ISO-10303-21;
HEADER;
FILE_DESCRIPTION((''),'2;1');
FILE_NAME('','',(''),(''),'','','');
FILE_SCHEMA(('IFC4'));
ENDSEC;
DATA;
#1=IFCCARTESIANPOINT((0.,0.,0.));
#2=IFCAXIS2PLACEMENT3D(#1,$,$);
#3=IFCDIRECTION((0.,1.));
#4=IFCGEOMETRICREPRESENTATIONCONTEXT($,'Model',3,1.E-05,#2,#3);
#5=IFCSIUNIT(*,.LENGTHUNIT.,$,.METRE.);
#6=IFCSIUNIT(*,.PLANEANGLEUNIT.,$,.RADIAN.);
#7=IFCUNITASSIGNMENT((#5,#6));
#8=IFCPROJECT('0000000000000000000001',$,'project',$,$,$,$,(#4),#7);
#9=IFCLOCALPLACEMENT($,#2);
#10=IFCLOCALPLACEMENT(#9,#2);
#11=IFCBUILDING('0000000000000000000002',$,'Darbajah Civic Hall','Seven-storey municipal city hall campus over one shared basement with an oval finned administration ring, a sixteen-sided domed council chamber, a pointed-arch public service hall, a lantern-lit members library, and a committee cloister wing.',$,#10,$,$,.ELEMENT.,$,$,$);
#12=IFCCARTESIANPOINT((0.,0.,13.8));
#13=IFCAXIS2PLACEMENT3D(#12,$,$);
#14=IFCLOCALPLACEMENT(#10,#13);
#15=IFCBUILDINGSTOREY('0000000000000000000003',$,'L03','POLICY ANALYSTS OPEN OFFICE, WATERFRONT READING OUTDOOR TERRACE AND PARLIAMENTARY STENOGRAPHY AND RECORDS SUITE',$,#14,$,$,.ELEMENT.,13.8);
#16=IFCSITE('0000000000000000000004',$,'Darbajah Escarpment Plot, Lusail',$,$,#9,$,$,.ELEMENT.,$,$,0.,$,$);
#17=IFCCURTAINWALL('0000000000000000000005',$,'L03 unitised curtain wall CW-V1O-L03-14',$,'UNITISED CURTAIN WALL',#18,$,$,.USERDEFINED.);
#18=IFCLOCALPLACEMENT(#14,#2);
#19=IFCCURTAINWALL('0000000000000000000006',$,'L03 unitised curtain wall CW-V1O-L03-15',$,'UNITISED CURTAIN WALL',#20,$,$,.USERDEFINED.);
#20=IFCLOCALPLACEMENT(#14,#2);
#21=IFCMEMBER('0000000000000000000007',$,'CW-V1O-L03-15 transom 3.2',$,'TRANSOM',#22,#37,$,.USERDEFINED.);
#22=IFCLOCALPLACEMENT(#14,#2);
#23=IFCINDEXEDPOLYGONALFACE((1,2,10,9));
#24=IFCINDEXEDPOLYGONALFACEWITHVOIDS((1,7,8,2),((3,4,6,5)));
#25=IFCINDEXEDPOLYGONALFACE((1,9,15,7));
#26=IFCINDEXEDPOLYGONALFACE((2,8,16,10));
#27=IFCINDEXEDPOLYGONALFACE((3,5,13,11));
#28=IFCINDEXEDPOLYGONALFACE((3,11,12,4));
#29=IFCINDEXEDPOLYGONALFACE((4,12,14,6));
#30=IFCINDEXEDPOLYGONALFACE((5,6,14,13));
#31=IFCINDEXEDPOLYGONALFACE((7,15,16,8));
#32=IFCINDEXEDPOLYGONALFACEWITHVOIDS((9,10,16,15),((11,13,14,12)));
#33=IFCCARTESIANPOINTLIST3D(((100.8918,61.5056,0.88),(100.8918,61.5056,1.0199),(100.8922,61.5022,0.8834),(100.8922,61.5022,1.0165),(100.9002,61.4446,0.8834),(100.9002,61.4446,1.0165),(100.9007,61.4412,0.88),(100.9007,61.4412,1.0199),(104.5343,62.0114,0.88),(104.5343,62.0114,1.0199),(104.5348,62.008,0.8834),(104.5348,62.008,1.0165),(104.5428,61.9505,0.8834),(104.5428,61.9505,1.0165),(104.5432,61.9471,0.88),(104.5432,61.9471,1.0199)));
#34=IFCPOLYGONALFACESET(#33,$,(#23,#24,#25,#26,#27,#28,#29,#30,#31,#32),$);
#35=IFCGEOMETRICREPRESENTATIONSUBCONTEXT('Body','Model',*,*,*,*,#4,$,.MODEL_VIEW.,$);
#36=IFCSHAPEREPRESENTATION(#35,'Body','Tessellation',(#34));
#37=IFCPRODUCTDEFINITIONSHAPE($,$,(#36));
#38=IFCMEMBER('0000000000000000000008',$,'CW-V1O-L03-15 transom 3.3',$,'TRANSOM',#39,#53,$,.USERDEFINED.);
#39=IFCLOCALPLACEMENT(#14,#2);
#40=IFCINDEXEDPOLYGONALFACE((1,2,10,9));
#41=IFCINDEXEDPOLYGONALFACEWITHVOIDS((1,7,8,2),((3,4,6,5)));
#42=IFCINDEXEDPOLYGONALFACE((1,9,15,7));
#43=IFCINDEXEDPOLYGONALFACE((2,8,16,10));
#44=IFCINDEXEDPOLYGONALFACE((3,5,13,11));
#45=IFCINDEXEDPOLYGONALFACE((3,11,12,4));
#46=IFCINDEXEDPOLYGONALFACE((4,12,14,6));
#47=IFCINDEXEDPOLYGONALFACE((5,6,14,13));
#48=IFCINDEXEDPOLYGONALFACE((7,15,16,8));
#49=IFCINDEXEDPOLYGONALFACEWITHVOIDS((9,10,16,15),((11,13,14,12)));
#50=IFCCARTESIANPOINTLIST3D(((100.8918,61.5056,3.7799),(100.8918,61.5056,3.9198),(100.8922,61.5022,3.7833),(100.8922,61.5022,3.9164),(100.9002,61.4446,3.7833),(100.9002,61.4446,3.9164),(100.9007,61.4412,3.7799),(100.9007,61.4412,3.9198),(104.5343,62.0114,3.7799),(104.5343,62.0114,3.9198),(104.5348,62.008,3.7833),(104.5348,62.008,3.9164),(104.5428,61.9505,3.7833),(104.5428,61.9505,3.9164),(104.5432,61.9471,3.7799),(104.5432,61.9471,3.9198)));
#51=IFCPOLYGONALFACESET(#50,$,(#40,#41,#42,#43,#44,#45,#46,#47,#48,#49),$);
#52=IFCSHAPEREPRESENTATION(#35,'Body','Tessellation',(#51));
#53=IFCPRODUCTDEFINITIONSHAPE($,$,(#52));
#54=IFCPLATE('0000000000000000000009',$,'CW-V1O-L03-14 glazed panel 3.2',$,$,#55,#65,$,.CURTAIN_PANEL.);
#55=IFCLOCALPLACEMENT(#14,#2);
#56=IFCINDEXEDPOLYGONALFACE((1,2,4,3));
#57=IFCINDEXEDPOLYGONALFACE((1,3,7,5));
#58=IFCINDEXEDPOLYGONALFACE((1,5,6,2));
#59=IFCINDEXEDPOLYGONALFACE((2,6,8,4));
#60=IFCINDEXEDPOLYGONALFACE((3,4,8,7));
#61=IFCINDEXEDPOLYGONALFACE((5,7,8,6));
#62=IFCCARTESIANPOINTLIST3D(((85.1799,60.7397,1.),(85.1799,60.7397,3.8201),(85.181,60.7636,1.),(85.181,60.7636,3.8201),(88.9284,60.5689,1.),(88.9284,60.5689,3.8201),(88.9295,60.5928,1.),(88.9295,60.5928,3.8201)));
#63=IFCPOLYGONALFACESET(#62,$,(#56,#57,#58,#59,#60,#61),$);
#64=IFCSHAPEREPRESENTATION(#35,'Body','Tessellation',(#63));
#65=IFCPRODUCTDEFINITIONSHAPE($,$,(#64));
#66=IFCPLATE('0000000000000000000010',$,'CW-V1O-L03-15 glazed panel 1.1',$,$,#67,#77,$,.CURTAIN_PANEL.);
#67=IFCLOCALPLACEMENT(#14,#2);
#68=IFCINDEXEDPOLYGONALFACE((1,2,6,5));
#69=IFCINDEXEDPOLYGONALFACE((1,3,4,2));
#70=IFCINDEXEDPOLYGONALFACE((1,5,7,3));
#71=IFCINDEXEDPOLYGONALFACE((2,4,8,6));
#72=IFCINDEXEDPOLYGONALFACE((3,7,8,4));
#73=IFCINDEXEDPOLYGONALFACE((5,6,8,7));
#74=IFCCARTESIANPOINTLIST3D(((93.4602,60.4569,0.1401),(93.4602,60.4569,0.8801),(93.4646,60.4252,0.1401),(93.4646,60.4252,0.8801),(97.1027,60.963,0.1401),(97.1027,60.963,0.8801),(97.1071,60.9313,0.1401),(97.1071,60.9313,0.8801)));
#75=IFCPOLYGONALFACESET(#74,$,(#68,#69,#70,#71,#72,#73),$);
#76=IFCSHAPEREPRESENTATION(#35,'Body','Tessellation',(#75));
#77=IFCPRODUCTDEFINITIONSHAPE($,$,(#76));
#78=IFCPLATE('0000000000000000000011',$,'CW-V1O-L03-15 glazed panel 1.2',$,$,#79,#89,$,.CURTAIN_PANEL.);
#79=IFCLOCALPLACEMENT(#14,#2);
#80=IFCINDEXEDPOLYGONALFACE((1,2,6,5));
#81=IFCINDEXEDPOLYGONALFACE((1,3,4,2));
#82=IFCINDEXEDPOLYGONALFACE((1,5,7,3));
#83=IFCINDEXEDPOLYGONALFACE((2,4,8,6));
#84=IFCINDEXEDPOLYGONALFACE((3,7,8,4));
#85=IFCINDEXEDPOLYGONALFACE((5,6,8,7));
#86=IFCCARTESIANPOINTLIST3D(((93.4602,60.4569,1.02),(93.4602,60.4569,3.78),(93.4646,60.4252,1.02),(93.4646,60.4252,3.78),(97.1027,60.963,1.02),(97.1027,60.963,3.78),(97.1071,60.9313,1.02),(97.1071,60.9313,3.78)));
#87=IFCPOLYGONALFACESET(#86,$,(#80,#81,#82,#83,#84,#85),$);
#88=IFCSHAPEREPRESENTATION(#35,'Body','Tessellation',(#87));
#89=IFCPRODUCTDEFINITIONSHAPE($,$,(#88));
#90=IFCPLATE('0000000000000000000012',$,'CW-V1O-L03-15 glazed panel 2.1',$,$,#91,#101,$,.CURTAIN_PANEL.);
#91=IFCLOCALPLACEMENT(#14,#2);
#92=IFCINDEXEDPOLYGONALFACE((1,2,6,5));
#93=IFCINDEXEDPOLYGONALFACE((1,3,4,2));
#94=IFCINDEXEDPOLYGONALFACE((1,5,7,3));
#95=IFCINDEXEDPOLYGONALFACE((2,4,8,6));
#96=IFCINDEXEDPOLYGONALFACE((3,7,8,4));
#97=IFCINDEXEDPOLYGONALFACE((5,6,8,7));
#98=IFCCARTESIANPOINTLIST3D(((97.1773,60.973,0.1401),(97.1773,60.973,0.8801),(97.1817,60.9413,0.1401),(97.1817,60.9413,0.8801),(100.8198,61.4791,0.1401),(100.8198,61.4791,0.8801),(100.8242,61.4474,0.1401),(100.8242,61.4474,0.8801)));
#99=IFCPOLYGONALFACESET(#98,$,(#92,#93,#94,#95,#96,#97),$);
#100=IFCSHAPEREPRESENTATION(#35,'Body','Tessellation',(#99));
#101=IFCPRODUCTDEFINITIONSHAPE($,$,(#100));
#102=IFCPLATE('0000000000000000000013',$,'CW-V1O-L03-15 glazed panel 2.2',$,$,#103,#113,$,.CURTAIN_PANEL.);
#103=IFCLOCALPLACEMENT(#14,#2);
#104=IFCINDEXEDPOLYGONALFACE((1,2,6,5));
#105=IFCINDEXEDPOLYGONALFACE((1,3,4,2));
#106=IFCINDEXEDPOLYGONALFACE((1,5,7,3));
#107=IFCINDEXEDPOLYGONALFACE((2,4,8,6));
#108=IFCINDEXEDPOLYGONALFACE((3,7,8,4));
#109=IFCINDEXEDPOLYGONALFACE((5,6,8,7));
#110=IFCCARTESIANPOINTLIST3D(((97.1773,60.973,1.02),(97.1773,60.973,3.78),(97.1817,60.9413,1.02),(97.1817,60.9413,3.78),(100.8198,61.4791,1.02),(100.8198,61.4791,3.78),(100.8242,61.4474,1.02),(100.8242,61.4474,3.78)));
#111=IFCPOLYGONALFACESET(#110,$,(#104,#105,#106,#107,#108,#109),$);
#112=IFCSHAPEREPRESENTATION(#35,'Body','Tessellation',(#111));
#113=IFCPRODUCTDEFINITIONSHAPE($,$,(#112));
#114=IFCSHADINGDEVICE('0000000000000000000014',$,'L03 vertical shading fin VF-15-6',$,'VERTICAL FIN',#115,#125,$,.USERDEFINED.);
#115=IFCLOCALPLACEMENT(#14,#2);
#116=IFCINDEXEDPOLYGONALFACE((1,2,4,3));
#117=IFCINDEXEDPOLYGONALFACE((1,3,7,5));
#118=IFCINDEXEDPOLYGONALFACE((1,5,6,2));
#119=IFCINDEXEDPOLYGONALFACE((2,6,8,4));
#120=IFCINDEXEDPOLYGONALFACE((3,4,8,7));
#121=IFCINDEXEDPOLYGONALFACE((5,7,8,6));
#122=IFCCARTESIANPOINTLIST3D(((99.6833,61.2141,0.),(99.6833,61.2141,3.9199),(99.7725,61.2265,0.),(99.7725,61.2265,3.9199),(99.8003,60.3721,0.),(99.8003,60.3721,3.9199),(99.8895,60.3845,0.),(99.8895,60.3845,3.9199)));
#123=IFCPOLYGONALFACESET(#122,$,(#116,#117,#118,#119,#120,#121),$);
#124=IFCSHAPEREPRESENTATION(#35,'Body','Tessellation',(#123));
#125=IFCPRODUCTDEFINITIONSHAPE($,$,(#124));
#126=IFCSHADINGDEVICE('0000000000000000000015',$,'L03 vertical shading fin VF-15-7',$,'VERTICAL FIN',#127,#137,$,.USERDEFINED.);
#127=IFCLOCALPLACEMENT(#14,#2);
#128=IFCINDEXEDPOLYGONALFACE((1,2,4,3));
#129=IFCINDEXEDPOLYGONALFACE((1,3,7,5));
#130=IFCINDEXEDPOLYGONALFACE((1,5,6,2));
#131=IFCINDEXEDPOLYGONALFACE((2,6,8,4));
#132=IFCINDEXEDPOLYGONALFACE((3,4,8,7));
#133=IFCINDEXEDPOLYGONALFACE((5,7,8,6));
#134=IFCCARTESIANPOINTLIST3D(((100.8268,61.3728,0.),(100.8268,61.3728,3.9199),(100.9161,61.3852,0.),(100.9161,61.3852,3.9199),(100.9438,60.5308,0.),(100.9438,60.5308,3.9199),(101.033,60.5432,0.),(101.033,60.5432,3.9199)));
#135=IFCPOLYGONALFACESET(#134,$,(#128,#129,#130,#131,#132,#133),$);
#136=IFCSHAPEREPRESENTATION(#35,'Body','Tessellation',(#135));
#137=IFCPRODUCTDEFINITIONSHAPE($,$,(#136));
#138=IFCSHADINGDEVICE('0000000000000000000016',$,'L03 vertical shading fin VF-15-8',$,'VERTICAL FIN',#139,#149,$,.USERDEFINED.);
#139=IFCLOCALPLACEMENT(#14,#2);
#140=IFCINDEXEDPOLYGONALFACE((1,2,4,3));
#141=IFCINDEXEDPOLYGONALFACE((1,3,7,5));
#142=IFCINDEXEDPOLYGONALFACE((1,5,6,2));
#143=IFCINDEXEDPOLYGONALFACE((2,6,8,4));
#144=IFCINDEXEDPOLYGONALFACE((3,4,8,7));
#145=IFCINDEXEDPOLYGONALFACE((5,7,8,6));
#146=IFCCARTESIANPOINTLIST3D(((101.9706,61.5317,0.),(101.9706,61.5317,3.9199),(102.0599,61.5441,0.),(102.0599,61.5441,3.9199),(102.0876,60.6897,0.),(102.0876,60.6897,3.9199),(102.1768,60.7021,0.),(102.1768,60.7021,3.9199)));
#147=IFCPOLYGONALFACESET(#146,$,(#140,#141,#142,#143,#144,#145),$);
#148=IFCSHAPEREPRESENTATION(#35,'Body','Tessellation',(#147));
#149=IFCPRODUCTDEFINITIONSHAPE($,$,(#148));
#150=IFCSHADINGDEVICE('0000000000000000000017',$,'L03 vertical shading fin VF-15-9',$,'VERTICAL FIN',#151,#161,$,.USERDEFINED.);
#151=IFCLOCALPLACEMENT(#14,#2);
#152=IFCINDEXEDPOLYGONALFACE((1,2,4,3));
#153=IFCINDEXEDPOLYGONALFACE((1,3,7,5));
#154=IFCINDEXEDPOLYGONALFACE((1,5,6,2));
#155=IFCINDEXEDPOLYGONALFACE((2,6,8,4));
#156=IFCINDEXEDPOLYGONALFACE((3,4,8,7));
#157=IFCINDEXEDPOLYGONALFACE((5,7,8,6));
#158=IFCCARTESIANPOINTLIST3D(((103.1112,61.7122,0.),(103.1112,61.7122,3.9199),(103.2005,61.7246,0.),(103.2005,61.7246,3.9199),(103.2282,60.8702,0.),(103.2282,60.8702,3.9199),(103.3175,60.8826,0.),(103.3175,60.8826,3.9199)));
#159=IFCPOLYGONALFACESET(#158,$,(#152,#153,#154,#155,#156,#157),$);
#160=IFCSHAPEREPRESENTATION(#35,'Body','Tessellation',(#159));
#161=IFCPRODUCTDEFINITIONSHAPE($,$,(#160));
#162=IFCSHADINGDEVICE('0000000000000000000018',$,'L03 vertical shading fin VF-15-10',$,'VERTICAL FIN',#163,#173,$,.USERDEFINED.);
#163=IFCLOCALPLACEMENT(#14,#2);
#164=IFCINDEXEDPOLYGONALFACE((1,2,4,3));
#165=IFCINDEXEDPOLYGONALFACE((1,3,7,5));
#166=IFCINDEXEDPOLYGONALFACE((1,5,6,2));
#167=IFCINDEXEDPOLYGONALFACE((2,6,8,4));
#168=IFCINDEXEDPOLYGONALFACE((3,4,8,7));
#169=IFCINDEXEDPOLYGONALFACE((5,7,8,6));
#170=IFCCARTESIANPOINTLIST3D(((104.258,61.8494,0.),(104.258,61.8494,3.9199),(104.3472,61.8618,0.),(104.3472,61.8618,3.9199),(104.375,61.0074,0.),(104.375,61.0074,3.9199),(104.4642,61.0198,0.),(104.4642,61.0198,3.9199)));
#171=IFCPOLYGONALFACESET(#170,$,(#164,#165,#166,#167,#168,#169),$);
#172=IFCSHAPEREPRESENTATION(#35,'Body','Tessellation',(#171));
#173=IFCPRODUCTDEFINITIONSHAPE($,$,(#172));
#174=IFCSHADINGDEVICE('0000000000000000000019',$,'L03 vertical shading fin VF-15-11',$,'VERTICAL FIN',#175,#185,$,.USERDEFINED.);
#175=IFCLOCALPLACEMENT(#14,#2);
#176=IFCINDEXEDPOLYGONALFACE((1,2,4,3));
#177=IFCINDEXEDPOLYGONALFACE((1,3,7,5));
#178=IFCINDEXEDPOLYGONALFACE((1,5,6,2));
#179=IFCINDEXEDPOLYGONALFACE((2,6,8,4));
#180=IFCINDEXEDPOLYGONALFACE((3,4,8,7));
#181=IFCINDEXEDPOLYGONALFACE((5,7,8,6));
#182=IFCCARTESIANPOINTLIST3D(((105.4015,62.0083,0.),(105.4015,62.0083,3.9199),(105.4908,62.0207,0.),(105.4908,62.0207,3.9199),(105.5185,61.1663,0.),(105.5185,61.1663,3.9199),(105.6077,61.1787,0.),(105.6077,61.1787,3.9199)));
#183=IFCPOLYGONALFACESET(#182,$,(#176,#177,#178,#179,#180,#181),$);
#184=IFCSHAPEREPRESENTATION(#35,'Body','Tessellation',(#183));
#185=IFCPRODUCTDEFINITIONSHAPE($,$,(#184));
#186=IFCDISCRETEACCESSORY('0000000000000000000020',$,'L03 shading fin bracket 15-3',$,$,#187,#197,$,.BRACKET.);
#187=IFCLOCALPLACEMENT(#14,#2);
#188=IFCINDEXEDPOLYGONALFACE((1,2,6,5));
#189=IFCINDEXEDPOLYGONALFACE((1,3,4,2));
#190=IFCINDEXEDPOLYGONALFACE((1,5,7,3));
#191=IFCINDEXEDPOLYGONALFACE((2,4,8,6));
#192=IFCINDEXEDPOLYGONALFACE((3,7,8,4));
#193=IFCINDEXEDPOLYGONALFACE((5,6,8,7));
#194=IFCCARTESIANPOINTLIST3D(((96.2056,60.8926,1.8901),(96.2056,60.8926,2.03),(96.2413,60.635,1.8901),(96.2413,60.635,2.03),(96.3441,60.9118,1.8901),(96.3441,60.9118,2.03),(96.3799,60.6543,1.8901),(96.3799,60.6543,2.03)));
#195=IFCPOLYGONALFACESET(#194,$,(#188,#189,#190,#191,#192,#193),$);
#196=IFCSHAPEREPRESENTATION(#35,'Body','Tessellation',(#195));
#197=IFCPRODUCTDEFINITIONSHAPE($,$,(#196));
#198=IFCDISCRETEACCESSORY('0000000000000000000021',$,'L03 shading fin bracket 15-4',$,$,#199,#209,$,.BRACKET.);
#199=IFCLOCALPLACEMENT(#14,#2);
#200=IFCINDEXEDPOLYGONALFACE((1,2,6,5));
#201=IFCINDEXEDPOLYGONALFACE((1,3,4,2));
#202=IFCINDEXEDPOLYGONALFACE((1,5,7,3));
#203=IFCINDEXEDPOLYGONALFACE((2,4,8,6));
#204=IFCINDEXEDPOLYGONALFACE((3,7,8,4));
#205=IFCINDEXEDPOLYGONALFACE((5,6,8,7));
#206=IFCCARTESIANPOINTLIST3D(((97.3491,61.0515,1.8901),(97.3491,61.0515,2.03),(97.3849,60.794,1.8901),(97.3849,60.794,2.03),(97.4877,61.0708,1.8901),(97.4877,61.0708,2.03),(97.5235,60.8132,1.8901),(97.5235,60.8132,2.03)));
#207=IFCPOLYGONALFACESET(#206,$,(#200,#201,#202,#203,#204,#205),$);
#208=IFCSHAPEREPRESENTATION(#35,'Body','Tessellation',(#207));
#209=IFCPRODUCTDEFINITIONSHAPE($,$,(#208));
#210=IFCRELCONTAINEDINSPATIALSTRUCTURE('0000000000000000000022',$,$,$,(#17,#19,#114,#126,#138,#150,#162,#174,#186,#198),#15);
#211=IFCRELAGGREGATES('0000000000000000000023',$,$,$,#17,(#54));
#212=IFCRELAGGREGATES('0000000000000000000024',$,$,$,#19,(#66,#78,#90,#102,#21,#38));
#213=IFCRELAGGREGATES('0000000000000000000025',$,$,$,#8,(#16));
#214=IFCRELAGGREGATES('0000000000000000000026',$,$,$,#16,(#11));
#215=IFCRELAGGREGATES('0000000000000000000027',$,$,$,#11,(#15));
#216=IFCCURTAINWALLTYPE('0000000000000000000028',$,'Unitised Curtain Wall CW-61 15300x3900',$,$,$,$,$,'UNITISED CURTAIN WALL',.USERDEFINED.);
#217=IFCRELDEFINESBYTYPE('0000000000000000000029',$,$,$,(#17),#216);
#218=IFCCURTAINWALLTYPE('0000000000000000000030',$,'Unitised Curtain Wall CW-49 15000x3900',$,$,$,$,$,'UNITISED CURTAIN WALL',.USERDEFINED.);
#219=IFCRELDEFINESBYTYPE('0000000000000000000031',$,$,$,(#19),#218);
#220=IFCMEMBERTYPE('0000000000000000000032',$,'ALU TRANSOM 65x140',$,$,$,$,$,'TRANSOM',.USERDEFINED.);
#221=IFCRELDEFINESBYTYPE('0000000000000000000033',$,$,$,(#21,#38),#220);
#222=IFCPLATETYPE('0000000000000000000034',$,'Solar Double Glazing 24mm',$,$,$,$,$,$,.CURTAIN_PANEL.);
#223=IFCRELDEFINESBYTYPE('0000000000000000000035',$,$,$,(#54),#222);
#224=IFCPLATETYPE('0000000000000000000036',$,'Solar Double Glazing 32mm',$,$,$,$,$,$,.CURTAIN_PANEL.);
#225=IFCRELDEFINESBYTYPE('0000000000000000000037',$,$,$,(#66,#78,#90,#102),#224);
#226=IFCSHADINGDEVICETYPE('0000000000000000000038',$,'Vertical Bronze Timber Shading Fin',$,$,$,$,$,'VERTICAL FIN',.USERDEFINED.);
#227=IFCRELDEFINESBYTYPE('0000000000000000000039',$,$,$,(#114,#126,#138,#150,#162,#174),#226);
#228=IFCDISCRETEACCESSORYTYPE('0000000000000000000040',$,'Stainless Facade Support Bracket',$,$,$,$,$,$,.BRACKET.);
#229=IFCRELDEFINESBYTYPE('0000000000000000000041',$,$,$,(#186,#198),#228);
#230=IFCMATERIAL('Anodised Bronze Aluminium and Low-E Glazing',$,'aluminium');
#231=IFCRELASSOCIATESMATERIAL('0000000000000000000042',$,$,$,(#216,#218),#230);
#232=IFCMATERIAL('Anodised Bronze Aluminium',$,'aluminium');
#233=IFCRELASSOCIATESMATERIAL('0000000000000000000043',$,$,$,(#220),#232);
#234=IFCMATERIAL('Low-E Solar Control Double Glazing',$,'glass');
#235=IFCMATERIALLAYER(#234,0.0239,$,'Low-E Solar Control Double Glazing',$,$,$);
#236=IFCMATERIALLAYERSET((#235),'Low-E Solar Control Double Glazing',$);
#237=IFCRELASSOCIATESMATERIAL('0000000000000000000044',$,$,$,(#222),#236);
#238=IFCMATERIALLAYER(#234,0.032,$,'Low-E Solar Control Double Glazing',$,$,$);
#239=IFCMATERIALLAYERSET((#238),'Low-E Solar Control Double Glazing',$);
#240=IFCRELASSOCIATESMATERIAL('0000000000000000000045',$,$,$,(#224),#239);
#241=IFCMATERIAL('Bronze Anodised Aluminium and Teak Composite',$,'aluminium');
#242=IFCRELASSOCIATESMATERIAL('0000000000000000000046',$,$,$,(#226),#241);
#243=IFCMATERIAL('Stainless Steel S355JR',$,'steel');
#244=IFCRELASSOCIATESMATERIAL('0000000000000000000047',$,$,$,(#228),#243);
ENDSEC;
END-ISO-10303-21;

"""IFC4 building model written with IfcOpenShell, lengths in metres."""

from ifc_helpers import new_model, si_unit, direction, frame, origin, origin_2d, place, context, subcontext, project, spatial, rectangle, hollow_rectangle, extrude, material, layer, layer_set, material_profile, profile_set, type_object, element, aggregate, save


model = new_model("IFC4")

# Units and contexts
model_context = context("Model", 3, precision=1e-05, world=origin(), true_north=direction((0.0, 1.0)))
body_context = subcontext(model_context, "Body", "Model", "MODEL_VIEW")
ifc_project = project(units=[si_unit("LENGTHUNIT", "METRE"), si_unit("PLANEANGLEUNIT", "RADIAN")], contexts=[model_context])

# Site, building, storey
site_placement = place(None, origin())
site = spatial("IfcSite", under=ifc_project, at=site_placement, Name="Darbajah Escarpment Plot, Lusail", CompositionType="ELEMENT", RefElevation=0.0)
building_placement = place(site_placement, origin())
building = spatial("IfcBuilding", under=site, at=building_placement, Name="Darbajah Civic Hall", Description="Seven-storey municipal city hall campus over one shared basement with an oval finned administration ring, a sixteen-sided domed council chamber, a pointed-arch public service hall, a lantern-lit members library, and a committee cloister wing.", CompositionType="ELEMENT")
storey_placement = place(building_placement, frame((0.0, 0.0, 13.8)))
storey = spatial("IfcBuildingStorey", under=building, at=storey_placement, Name="L03", Description="POLICY ANALYSTS OPEN OFFICE, WATERFRONT READING OUTDOOR TERRACE AND PARLIAMENTARY STENOGRAPHY AND RECORDS SUITE", CompositionType="ELEMENT", Elevation=13.8)

# Curtain wall
ifc_material_1 = material(Name="Anodised Bronze Aluminium and Low-E Glazing", Category="aluminium")
curtain_wall_type_1 = type_object("IfcCurtainWallType", Name="Unitised Curtain Wall CW-61 15300x3900", ElementType="UNITISED CURTAIN WALL", PredefinedType="USERDEFINED", material=ifc_material_1)
curtain_wall_1_placement = place(storey_placement, origin())
curtain_wall_1 = element("IfcCurtainWall", 1, at=curtain_wall_1_placement, inside=storey, type_object=curtain_wall_type_1, Name="L03 unitised curtain wall CW-V1O-L03-14", ObjectType="UNITISED CURTAIN WALL", PredefinedType="USERDEFINED")
ifc_material_2 = material(Name="Anodised Bronze Aluminium", Category="aluminium")

# Curtain wall
curtain_wall_type_2 = type_object("IfcCurtainWallType", Name="Unitised Curtain Wall CW-49 15000x3900", ElementType="UNITISED CURTAIN WALL", PredefinedType="USERDEFINED", material=ifc_material_1)
curtain_wall_2_placement = place(storey_placement, origin())
curtain_wall_2 = element("IfcCurtainWall", 2, at=curtain_wall_2_placement, inside=storey, type_object=curtain_wall_type_2, Name="L03 unitised curtain wall CW-V1O-L03-15", ObjectType="UNITISED CURTAIN WALL", PredefinedType="USERDEFINED")

# Members
ifc_material_profile_1 = material_profile(ifc_material_2, hollow_rectangle(XDim=0.0649, YDim=0.1399, WallThickness=0.0034, at=origin_2d()), Name="ALU TRANSOM 65x140")
ifc_profile_set_1 = profile_set([ifc_material_profile_1], Name="Anodised Bronze Aluminium")
member_type_1 = type_object("IfcMemberType", Name="ALU TRANSOM 65x140", ElementType="TRANSOM", PredefinedType="USERDEFINED", material=ifc_profile_set_1)
member_1_placement = place(storey_placement, frame((100.8962, 61.4734, 0.95), z_axis=(0.990494, 0.137554, 0.0), x_axis=(-0.137554, 0.990494, 0.0)))
member_1 = element("IfcMember", 3, at=member_1_placement, type_object=member_type_1, Name="CW-V1O-L03-15 transom 3.2", ObjectType="TRANSOM", PredefinedType="USERDEFINED", context=body_context, shape_type="SweptSolid", body=[
    extrude(hollow_rectangle(XDim=0.0649, YDim=0.1399, WallThickness=0.0034, at=origin_2d()), origin(), (0.0, 0.0, 1.0), 3.6775),
])
member_2_placement = place(storey_placement, frame((100.8962, 61.4734, 3.8499), z_axis=(0.990494, 0.137554, 0.0), x_axis=(-0.137554, 0.990494, 0.0)))
member_2 = element("IfcMember", 4, at=member_2_placement, type_object=member_type_1, Name="CW-V1O-L03-15 transom 3.3", ObjectType="TRANSOM", PredefinedType="USERDEFINED", context=body_context, shape_type="SweptSolid", body=[
    extrude(hollow_rectangle(XDim=0.0649, YDim=0.1399, WallThickness=0.0034, at=origin_2d()), origin(), (0.0, 0.0, 1.0), 3.6775),
])

# Plates
ifc_material_3 = material(Name="Low-E Solar Control Double Glazing", Category="glass")
ifc_layer_1 = layer(ifc_material_3, 0.0239, Name="Low-E Solar Control Double Glazing")
ifc_layer_set_1 = layer_set([ifc_layer_1], Name="Low-E Solar Control Double Glazing")
plate_type_1 = type_object("IfcPlateType", Name="Solar Double Glazing 24mm", PredefinedType="CURTAIN_PANEL", material=ifc_layer_set_1)
plate_1_placement = place(storey_placement, frame((87.0547, 60.6663, 1.0), z_axis=(0.0, 0.0, 1.0), x_axis=(0.998963, -0.045537, 0.0)))
plate_1 = element("IfcPlate", 5, at=plate_1_placement, type_object=plate_type_1, Name="CW-V1O-L03-14 glazed panel 3.2", PredefinedType="CURTAIN_PANEL", context=body_context, shape_type="SweptSolid", body=[
    extrude(rectangle(XDim=3.7524, YDim=0.0239, at=origin_2d()), origin(), (0.0, 0.0, 1.0), 2.8201),
])
aggregate(curtain_wall_1, [plate_1])
ifc_layer_2 = layer(ifc_material_3, 0.032, Name="Low-E Solar Control Double Glazing")
ifc_layer_set_2 = layer_set([ifc_layer_2], Name="Low-E Solar Control Double Glazing")
plate_type_2 = type_object("IfcPlateType", Name="Solar Double Glazing 32mm", PredefinedType="CURTAIN_PANEL", material=ifc_layer_set_2)
plate_2_placement = place(storey_placement, frame((95.2837, 60.6941, 0.1401), z_axis=(0.0, 0.0, 1.0), x_axis=(0.990485, 0.137617, 0.0)))
plate_2 = element("IfcPlate", 6, at=plate_2_placement, type_object=plate_type_2, Name="CW-V1O-L03-15 glazed panel 1.1", PredefinedType="CURTAIN_PANEL", context=body_context, shape_type="SweptSolid", body=[
    extrude(rectangle(XDim=3.6775, YDim=0.032, at=origin_2d()), origin(), (0.0, 0.0, 1.0), 0.74),
])
plate_3_placement = place(storey_placement, frame((95.2837, 60.6941, 1.02), z_axis=(0.0, 0.0, 1.0), x_axis=(0.990485, 0.137617, 0.0)))
plate_3 = element("IfcPlate", 7, at=plate_3_placement, type_object=plate_type_2, Name="CW-V1O-L03-15 glazed panel 1.2", PredefinedType="CURTAIN_PANEL", context=body_context, shape_type="SweptSolid", body=[
    extrude(rectangle(XDim=3.6775, YDim=0.032, at=origin_2d()), origin(), (0.0, 0.0, 1.0), 2.76),
])
plate_4_placement = place(storey_placement, frame((99.0007, 61.2102, 0.1401), z_axis=(0.0, 0.0, 1.0), x_axis=(0.990485, 0.137617, 0.0)))
plate_4 = element("IfcPlate", 8, at=plate_4_placement, type_object=plate_type_2, Name="CW-V1O-L03-15 glazed panel 2.1", PredefinedType="CURTAIN_PANEL", context=body_context, shape_type="SweptSolid", body=[
    extrude(rectangle(XDim=3.6775, YDim=0.032, at=origin_2d()), origin(), (0.0, 0.0, 1.0), 0.74),
])
plate_5_placement = place(storey_placement, frame((99.0007, 61.2102, 1.02), z_axis=(0.0, 0.0, 1.0), x_axis=(0.990485, 0.137617, 0.0)))
plate_5 = element("IfcPlate", 9, at=plate_5_placement, type_object=plate_type_2, Name="CW-V1O-L03-15 glazed panel 2.2", PredefinedType="CURTAIN_PANEL", context=body_context, shape_type="SweptSolid", body=[
    extrude(rectangle(XDim=3.6775, YDim=0.032, at=origin_2d()), origin(), (0.0, 0.0, 1.0), 2.76),
])
aggregate(curtain_wall_2, [plate_2, plate_3, plate_4, plate_5, member_1, member_2])

# Shading devices
ifc_material_4 = material(Name="Bronze Anodised Aluminium and Teak Composite", Category="aluminium")
shading_device_type = type_object("IfcShadingDeviceType", Name="Vertical Bronze Timber Shading Fin", ElementType="VERTICAL FIN", PredefinedType="USERDEFINED", material=ifc_material_4)
for number, where, z_axis, x_axis, name in (
    (10, (99.7864, 60.7993, 0.0), (0.0, 0.0, 1.0), (0.137617, -0.990485, 0.0), "L03 vertical shading fin VF-15-6"),
    (11, (100.9299, 60.958, 0.0), (0.0, 0.0, 1.0), (0.137617, -0.990485, 0.0), "L03 vertical shading fin VF-15-7"),
    (12, (102.0737, 61.1169, 0.0), (0.0, 0.0, 1.0), (0.137617, -0.990485, 0.0), "L03 vertical shading fin VF-15-8"),
    (13, (103.2144, 61.2974, 0.0), (0.0, 0.0, 1.0), (0.137617, -0.990485, 0.0), "L03 vertical shading fin VF-15-9"),
    (14, (104.3611, 61.4346, 0.0), (0.0, 0.0, 1.0), (0.137617, -0.990485, 0.0), "L03 vertical shading fin VF-15-10"),
    (15, (105.5046, 61.5935, 0.0), (0.0, 0.0, 1.0), (0.137617, -0.990485, 0.0), "L03 vertical shading fin VF-15-11"),
):
    element("IfcShadingDevice", number, at=place(storey_placement, frame(where, z_axis=z_axis, x_axis=x_axis)), inside=storey, type_object=shading_device_type, Name=name, ObjectType="VERTICAL FIN", PredefinedType="USERDEFINED", context=body_context, shape_type="SweptSolid", body=[
        extrude(rectangle(XDim=0.8501, YDim=0.0901, at=origin_2d()), origin(), (0.0, 0.0, 1.0), 3.9199),
    ])

# Discrete accessories
ifc_material_5 = material(Name="Stainless Steel S355JR", Category="steel")
discrete_accessory_type = type_object("IfcDiscreteAccessoryType", Name="Stainless Facade Support Bracket", PredefinedType="BRACKET", material=ifc_material_5)
for number, where, z_axis, x_axis, name in (
    (16, (96.2927, 60.7734, 1.8901), (0.0, 0.0, 1.0), (0.137617, -0.990485, 0.0), "L03 shading fin bracket 15-3"),
    (17, (97.4363, 60.9324, 1.8901), (0.0, 0.0, 1.0), (0.137617, -0.990485, 0.0), "L03 shading fin bracket 15-4"),
):
    element("IfcDiscreteAccessory", number, at=place(storey_placement, frame(where, z_axis=z_axis, x_axis=x_axis)), inside=storey, type_object=discrete_accessory_type, Name=name, PredefinedType="BRACKET", context=body_context, shape_type="SweptSolid", body=[
        extrude(rectangle(XDim=0.26, YDim=0.1399, at=origin_2d()), origin(), (0.0, 0.0, 1.0), 0.1399),
    ])

save(model, "model.ifc")
